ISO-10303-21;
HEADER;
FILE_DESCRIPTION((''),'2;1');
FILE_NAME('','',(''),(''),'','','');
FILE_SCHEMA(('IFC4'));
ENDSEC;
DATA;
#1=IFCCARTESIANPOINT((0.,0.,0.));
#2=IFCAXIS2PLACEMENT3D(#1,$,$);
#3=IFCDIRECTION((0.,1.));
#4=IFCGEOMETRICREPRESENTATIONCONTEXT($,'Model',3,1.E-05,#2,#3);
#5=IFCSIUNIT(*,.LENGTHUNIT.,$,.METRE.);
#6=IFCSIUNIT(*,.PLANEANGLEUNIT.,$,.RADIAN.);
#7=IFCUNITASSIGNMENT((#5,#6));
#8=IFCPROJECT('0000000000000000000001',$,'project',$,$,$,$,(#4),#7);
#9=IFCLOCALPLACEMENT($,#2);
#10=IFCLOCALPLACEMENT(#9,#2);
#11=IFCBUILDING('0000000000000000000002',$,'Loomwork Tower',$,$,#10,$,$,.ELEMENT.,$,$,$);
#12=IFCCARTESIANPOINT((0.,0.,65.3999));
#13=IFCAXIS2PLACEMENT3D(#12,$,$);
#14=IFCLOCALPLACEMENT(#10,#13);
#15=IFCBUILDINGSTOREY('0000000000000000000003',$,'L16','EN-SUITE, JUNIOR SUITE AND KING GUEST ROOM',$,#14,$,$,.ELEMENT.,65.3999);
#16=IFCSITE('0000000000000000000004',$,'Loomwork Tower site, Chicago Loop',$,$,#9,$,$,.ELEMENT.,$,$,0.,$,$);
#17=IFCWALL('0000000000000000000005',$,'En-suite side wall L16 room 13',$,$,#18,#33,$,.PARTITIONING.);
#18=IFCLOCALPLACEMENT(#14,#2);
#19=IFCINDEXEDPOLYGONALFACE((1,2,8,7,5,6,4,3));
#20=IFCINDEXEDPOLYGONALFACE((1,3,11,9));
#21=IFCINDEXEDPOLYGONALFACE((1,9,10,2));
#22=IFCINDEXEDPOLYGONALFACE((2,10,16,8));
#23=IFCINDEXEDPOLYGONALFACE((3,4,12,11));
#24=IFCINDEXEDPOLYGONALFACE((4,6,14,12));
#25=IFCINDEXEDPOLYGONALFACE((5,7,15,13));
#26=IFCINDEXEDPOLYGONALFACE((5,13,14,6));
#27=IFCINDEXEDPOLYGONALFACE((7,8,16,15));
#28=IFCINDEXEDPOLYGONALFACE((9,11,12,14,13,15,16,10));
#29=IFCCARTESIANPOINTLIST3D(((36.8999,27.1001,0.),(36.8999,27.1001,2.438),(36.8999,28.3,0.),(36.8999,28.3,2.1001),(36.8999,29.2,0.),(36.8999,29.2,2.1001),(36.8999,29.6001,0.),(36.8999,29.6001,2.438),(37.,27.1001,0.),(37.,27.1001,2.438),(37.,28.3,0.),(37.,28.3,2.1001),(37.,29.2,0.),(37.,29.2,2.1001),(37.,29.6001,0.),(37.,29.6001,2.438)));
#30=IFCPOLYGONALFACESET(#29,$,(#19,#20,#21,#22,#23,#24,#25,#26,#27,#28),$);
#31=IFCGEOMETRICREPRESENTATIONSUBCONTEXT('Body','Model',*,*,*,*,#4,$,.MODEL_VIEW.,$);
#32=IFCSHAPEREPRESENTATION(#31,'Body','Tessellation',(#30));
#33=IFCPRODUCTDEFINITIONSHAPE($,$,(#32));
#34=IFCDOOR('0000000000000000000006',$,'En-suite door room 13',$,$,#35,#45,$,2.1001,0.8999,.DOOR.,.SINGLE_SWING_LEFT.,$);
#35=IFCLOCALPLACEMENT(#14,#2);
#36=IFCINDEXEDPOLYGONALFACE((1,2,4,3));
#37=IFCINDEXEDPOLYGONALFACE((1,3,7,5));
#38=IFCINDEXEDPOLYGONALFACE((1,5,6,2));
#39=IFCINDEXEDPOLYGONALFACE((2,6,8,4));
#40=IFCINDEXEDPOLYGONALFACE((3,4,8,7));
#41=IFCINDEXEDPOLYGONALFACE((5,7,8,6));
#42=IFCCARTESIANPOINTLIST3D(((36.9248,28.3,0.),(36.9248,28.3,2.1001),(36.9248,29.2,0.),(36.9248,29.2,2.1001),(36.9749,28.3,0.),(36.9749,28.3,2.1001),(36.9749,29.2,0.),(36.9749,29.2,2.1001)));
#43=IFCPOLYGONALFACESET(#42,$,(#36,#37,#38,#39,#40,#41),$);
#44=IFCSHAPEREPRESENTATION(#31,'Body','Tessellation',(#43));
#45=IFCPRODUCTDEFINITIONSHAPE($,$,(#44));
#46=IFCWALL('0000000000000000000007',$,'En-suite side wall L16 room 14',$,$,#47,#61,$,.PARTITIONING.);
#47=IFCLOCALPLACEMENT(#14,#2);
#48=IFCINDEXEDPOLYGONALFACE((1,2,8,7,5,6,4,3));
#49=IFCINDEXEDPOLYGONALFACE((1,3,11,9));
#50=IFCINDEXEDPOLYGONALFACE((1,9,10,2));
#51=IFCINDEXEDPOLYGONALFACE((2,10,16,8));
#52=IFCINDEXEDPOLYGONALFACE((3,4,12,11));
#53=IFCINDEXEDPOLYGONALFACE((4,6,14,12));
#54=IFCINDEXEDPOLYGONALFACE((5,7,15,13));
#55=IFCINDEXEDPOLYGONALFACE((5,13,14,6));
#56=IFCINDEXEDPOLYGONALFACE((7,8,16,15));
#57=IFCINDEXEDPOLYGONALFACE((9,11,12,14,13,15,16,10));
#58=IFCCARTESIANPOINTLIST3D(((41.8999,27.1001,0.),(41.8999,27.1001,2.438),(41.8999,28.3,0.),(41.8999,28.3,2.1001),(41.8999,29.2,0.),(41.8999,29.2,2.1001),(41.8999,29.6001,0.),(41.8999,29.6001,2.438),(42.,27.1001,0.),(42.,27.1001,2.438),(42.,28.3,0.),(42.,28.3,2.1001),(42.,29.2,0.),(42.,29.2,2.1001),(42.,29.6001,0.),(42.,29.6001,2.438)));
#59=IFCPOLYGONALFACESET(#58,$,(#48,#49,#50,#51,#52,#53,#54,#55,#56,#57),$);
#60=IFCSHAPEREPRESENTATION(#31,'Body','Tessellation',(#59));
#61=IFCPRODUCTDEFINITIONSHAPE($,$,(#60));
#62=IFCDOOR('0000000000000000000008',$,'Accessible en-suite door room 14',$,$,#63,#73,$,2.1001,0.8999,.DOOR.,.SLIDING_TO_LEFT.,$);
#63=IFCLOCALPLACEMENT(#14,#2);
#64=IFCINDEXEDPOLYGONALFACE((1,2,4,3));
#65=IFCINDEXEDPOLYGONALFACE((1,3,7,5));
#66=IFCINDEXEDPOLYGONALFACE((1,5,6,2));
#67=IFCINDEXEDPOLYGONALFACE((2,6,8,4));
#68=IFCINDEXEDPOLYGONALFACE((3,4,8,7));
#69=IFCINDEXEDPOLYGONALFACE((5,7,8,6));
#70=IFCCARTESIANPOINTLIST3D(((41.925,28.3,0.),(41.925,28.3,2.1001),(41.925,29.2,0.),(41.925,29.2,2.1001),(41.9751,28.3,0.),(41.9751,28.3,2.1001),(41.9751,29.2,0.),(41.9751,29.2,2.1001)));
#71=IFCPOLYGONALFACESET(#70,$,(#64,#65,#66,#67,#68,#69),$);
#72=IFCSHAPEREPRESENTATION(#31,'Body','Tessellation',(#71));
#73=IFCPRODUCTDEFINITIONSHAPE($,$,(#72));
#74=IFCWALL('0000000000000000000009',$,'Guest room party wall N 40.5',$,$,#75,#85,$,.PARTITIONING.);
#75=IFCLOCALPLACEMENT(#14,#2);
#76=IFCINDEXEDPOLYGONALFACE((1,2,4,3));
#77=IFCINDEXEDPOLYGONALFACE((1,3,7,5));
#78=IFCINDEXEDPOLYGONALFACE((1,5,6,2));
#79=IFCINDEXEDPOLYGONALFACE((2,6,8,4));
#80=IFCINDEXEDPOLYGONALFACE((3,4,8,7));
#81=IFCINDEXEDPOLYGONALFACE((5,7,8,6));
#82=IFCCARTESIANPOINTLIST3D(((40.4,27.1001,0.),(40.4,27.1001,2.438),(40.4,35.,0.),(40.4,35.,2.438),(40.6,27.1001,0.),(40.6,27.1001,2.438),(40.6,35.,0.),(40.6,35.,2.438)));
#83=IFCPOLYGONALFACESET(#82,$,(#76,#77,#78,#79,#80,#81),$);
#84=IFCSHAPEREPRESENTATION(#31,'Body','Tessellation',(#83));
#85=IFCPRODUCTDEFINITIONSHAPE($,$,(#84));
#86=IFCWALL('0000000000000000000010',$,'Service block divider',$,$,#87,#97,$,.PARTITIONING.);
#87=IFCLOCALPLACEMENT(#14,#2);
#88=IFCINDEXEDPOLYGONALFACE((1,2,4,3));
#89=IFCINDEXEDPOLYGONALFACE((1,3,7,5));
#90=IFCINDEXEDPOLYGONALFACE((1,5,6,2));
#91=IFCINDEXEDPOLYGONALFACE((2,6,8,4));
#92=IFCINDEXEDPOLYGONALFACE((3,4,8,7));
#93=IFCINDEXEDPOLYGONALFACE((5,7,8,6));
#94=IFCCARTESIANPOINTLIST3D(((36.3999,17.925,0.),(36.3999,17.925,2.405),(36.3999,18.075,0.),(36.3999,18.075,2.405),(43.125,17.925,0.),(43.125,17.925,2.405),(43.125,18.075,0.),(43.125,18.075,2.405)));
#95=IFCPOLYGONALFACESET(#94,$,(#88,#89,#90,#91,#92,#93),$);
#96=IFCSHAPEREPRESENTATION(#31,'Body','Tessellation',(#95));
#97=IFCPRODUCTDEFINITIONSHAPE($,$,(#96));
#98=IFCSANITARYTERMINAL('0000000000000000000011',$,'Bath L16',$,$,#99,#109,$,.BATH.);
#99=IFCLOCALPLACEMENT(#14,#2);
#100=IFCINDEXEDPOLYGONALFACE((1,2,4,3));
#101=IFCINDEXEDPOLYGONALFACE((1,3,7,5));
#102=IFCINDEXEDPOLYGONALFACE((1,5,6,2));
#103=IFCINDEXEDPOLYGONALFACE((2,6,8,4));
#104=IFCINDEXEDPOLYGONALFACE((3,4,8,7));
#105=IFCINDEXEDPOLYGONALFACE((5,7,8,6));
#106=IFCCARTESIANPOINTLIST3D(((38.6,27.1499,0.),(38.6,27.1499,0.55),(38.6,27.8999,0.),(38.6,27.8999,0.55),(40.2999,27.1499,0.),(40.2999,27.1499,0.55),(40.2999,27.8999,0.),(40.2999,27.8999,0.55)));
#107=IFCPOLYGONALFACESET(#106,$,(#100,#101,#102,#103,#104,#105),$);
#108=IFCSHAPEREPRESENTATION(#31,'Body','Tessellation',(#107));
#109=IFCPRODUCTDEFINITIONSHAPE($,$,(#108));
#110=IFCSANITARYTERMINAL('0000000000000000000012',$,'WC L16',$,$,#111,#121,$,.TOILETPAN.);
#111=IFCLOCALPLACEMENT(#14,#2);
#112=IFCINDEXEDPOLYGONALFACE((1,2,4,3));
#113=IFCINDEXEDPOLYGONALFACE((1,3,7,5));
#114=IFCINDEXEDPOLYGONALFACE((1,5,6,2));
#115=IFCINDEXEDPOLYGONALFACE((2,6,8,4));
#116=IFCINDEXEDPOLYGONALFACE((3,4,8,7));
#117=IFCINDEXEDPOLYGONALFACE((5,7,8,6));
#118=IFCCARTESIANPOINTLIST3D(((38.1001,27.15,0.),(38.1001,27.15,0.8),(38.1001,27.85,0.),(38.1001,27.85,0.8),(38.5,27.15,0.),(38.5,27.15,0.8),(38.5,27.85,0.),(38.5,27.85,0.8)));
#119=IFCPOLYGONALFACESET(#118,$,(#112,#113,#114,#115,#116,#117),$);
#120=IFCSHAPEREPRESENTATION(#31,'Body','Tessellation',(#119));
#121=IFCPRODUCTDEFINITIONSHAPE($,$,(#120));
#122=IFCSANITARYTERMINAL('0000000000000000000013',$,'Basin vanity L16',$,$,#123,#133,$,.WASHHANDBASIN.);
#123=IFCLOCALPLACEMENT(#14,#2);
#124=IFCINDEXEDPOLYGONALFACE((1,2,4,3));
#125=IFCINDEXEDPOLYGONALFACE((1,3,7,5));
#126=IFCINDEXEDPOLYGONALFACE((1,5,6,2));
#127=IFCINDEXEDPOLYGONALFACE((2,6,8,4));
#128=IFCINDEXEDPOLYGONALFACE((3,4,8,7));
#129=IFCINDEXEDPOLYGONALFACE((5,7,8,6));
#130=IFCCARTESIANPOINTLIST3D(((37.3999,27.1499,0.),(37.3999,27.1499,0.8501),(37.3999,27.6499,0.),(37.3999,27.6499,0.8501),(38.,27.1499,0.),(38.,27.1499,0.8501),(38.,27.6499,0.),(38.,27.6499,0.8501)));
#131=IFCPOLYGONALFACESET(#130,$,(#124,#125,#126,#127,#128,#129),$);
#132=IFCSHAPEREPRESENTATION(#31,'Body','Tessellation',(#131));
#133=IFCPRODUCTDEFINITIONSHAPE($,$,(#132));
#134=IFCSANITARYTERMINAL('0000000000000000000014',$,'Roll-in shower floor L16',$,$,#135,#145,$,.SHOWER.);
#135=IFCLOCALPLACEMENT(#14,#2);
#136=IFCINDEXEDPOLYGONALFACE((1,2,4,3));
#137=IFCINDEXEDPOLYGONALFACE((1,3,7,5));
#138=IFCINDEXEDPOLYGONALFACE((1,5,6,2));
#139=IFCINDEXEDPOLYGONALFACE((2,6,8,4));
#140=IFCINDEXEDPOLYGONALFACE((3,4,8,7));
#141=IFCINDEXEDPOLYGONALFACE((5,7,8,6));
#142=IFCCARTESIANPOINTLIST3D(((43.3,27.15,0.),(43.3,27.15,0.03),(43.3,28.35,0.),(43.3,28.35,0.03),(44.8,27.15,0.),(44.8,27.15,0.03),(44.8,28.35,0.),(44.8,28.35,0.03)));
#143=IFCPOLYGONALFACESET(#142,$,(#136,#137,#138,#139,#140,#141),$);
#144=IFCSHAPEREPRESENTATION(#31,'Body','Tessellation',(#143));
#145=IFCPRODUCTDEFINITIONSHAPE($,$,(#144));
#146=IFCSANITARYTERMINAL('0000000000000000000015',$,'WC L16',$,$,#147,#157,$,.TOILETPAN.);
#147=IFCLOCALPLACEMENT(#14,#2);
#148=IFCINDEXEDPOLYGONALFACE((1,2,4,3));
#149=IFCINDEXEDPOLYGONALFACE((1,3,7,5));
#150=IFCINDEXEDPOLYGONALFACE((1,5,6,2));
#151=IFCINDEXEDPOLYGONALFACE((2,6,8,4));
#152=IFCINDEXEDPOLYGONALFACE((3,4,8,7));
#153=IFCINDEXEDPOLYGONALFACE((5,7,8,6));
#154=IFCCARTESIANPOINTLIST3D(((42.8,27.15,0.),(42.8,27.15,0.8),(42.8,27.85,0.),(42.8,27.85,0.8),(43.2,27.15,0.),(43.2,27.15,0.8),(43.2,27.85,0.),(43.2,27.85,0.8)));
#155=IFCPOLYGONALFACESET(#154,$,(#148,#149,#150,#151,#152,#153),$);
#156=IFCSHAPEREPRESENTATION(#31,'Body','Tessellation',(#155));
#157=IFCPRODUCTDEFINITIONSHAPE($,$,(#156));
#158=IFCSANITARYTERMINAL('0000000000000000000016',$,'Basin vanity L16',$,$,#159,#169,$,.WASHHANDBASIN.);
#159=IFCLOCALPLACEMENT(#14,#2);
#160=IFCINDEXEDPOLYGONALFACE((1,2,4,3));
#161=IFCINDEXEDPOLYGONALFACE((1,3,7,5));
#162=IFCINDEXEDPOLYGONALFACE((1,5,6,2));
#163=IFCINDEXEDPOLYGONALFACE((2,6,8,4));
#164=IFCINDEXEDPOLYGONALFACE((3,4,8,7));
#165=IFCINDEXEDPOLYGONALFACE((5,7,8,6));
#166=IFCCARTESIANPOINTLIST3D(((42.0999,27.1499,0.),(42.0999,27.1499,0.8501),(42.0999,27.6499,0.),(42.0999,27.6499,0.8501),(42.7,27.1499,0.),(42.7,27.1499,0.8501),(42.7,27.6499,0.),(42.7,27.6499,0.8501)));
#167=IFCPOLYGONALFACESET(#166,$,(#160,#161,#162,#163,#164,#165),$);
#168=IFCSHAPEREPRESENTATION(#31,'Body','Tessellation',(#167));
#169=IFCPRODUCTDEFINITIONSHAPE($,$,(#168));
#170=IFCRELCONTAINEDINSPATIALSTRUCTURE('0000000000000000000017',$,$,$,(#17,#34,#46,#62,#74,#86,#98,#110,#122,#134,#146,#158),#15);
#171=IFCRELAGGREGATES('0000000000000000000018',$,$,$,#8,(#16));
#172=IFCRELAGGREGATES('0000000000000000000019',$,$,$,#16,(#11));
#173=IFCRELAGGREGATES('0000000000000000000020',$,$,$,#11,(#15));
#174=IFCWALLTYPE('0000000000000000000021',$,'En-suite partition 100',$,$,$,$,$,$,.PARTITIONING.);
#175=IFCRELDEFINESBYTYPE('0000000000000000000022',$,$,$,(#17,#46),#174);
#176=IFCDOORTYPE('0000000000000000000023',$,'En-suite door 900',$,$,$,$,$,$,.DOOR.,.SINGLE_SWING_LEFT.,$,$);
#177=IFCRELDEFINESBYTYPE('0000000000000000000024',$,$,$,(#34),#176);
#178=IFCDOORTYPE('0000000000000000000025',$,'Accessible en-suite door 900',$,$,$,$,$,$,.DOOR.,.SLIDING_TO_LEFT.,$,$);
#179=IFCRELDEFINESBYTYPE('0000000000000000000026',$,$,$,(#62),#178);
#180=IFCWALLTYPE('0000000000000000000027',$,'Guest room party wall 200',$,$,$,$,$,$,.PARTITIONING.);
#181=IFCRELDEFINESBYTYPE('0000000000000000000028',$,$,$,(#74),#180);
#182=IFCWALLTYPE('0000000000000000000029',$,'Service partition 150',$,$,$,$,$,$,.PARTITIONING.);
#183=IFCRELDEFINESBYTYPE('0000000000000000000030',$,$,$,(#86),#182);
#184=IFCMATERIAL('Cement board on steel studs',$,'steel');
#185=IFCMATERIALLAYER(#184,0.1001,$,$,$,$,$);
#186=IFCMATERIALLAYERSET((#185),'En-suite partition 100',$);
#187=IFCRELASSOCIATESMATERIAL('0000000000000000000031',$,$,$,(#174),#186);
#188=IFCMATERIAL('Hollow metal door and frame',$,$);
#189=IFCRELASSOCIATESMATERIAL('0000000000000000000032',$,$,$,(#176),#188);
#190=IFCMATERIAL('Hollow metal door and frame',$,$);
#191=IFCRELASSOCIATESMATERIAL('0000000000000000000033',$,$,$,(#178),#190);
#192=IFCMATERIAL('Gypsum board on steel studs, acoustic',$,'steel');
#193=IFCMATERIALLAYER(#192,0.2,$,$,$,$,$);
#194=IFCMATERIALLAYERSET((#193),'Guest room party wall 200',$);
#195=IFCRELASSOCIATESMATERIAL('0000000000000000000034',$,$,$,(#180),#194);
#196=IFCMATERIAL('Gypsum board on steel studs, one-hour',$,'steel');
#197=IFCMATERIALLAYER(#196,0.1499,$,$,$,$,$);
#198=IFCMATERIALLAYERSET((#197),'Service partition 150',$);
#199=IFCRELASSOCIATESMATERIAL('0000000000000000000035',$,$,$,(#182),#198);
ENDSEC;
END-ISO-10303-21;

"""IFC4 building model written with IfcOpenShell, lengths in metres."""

from ifc_helpers import new_model, si_unit, direction, frame, frame_2d, origin, origin_2d, place, context, subcontext, project, spatial, rectangle, extrude, material, layer, layer_set, type_object, element, fill, save


model = new_model("IFC4")

# Units and contexts
model_context = context("Model", 3, precision=1e-05, world=origin(), true_north=direction((0.0, 1.0)))
body_context = subcontext(model_context, "Body", "Model", "MODEL_VIEW")
ifc_project = project(units=[si_unit("LENGTHUNIT", "METRE"), si_unit("PLANEANGLEUNIT", "RADIAN")], contexts=[model_context])

# Site, building, storey
site_placement = place(None, origin())
site = spatial("IfcSite", under=ifc_project, at=site_placement, Name="Loomwork Tower site, Chicago Loop", CompositionType="ELEMENT", RefElevation=0.0)
building_placement = place(site_placement, origin())
building = spatial("IfcBuilding", under=site, at=building_placement, Name="Loomwork Tower", CompositionType="ELEMENT")
storey_placement = place(building_placement, frame((0.0, 0.0, 65.3999)))
storey = spatial("IfcBuildingStorey", under=building, at=storey_placement, Name="L16", Description="EN-SUITE, JUNIOR SUITE AND KING GUEST ROOM", CompositionType="ELEMENT", Elevation=65.3999)

# Shared definitions
ifc_material_1 = material(Name="Cement board on steel studs", Category="steel")
ifc_layer_1 = layer(ifc_material_1, 0.1001)
ifc_layer_set_1 = layer_set([ifc_layer_1], Name="En-suite partition 100")
wall_type_1 = type_object("IfcWallType", Name="En-suite partition 100", PredefinedType="PARTITIONING", material=ifc_layer_set_1)

# Walls, openings, doors
wall_1_placement = place(storey_placement, frame((36.95, 27.1001, 0.0), z_axis=(0.0, 0.0, 1.0), x_axis=(0.0, 1.0, 0.0)))
wall_1 = element("IfcWall", 1, at=wall_1_placement, inside=storey, type_object=wall_type_1, Name="En-suite side wall L16 room 13", PredefinedType="PARTITIONING", context=body_context, shape_type="SweptSolid", body=[
    extrude(rectangle(XDim=2.5, YDim=0.1001, at=frame_2d((1.25, 0.0))), origin(), (0.0, 0.0, 1.0), 2.438),
])
opening_1_placement = place(wall_1_placement, frame((1.2, 0.0, 0.0)))
opening_1 = element("IfcOpeningElement", 2, at=opening_1_placement, cuts=wall_1, PredefinedType="OPENING", context=body_context, shape_type="SweptSolid", body=[
    extrude(rectangle(XDim=0.8999, YDim=2.1001, at=frame_2d((0.45, 1.05))), frame((0.0, 0.0601, 0.0), z_axis=(0.0, -1.0, 0.0), x_axis=(1.0, 0.0, 0.0)), (0.0, 0.0, 1.0), 0.1201),
])
ifc_material_2 = material(Name="Hollow metal door and frame")
door_type_1 = type_object("IfcDoorType", Name="En-suite door 900", OperationType="SINGLE_SWING_LEFT", PredefinedType="DOOR", material=ifc_material_2)
door_1_placement = place(opening_1_placement, frame((0.8999, 0.0, 0.0), z_axis=(0.0, 0.0, 1.0), x_axis=(-1.0, 0.0, 0.0)))
door_1 = element("IfcDoor", 3, at=door_1_placement, inside=storey, type_object=door_type_1, Name="En-suite door room 13", OperationType="SINGLE_SWING_LEFT", OverallHeight=2.1001, OverallWidth=0.8999, PredefinedType="DOOR", context=body_context, shape_type="SweptSolid", body=[
    extrude(rectangle(XDim=0.8999, YDim=2.1001, at=frame_2d((0.45, 1.05))), frame((0.0, 0.0249, 0.0), z_axis=(0.0, -1.0, 0.0), x_axis=(1.0, 0.0, 0.0)), (0.0, 0.0, 1.0), 0.05),
])
fill(opening_1, door_1)
wall_2_placement = place(storey_placement, frame((41.95, 27.1001, 0.0), z_axis=(0.0, 0.0, 1.0), x_axis=(0.0, 1.0, 0.0)))
wall_2 = element("IfcWall", 4, at=wall_2_placement, inside=storey, type_object=wall_type_1, Name="En-suite side wall L16 room 14", PredefinedType="PARTITIONING", context=body_context, shape_type="SweptSolid", body=[
    extrude(rectangle(XDim=2.5, YDim=0.1001, at=frame_2d((1.25, 0.0))), origin(), (0.0, 0.0, 1.0), 2.438),
])
opening_2_placement = place(wall_2_placement, frame((1.2, 0.0, 0.0)))
opening_2 = element("IfcOpeningElement", 5, at=opening_2_placement, cuts=wall_2, PredefinedType="OPENING", context=body_context, shape_type="SweptSolid", body=[
    extrude(rectangle(XDim=0.8999, YDim=2.1001, at=frame_2d((0.45, 1.05))), frame((0.0, 0.0601, 0.0), z_axis=(0.0, -1.0, 0.0), x_axis=(1.0, 0.0, 0.0)), (0.0, 0.0, 1.0), 0.1201),
])
ifc_material_3 = material(Name="Hollow metal door and frame")
door_type_2 = type_object("IfcDoorType", Name="Accessible en-suite door 900", OperationType="SLIDING_TO_LEFT", PredefinedType="DOOR", material=ifc_material_3)
door_2_placement = place(opening_2_placement, origin())
door_2 = element("IfcDoor", 6, at=door_2_placement, inside=storey, type_object=door_type_2, Name="Accessible en-suite door room 14", OperationType="SLIDING_TO_LEFT", OverallHeight=2.1001, OverallWidth=0.8999, PredefinedType="DOOR", context=body_context, shape_type="SweptSolid", body=[
    extrude(rectangle(XDim=0.8999, YDim=2.1001, at=frame_2d((0.45, 1.05))), frame((0.0, 0.0249, 0.0), z_axis=(0.0, -1.0, 0.0), x_axis=(1.0, 0.0, 0.0)), (0.0, 0.0, 1.0), 0.05),
])
fill(opening_2, door_2)

# Walls
ifc_material_4 = material(Name="Gypsum board on steel studs, acoustic", Category="steel")
ifc_layer_2 = layer(ifc_material_4, 0.2)
ifc_layer_set_2 = layer_set([ifc_layer_2], Name="Guest room party wall 200")
wall_type_2 = type_object("IfcWallType", Name="Guest room party wall 200", PredefinedType="PARTITIONING", material=ifc_layer_set_2)
wall_3_placement = place(storey_placement, frame((40.5, 27.1001, 0.0), z_axis=(0.0, 0.0, 1.0), x_axis=(0.0, 1.0, 0.0)))
element("IfcWall", 7, at=wall_3_placement, inside=storey, type_object=wall_type_2, Name="Guest room party wall N 40.5", PredefinedType="PARTITIONING", context=body_context, shape_type="SweptSolid", body=[
    extrude(rectangle(XDim=7.8999, YDim=0.2, at=frame_2d((3.95, 0.0))), origin(), (0.0, 0.0, 1.0), 2.438),
])
ifc_material_5 = material(Name="Gypsum board on steel studs, one-hour", Category="steel")
ifc_layer_3 = layer(ifc_material_5, 0.1499)
ifc_layer_set_3 = layer_set([ifc_layer_3], Name="Service partition 150")
wall_type_3 = type_object("IfcWallType", Name="Service partition 150", PredefinedType="PARTITIONING", material=ifc_layer_set_3)
wall_4_placement = place(storey_placement, frame((36.3999, 18.0, 0.0), z_axis=(0.0, 0.0, 1.0), x_axis=(1.0, 0.0, 0.0)))
element("IfcWall", 8, at=wall_4_placement, inside=storey, type_object=wall_type_3, Name="Service block divider", PredefinedType="PARTITIONING", context=body_context, shape_type="SweptSolid", body=[
    extrude(rectangle(XDim=6.7251, YDim=0.1499, at=frame_2d((3.3625, 0.0))), origin(), (0.0, 0.0, 1.0), 2.405),
])

# Sanitary terminals
sanitary_terminal_1_placement = place(storey_placement, frame((39.45, 27.5249, 0.0), z_axis=(0.0, 0.0, 1.0), x_axis=(1.0, 0.0, 0.0)))
element("IfcSanitaryTerminal", 9, at=sanitary_terminal_1_placement, inside=storey, Name="Bath L16", PredefinedType="BATH", context=body_context, shape_type="SweptSolid", body=[
    extrude(rectangle(XDim=1.7, YDim=0.75, at=origin_2d()), origin(), (0.0, 0.0, 1.0), 0.55),
])
sanitary_terminal_2_placement = place(storey_placement, frame((38.3, 27.5, 0.0), z_axis=(0.0, 0.0, 1.0), x_axis=(1.0, 0.0, 0.0)))
element("IfcSanitaryTerminal", 10, at=sanitary_terminal_2_placement, inside=storey, Name="WC L16", PredefinedType="TOILETPAN", context=body_context, shape_type="SweptSolid", body=[
    extrude(rectangle(XDim=0.3999, YDim=0.7, at=origin_2d()), origin(), (0.0, 0.0, 1.0), 0.8),
])
sanitary_terminal_3_placement = place(storey_placement, frame((37.7, 27.3999, 0.0), z_axis=(0.0, 0.0, 1.0), x_axis=(1.0, 0.0, 0.0)))
element("IfcSanitaryTerminal", 11, at=sanitary_terminal_3_placement, inside=storey, Name="Basin vanity L16", PredefinedType="WASHHANDBASIN", context=body_context, shape_type="SweptSolid", body=[
    extrude(rectangle(XDim=0.6001, YDim=0.5, at=origin_2d()), origin(), (0.0, 0.0, 1.0), 0.8501),
])
sanitary_terminal_4_placement = place(storey_placement, frame((44.05, 27.75, 0.0), z_axis=(0.0, 0.0, 1.0), x_axis=(1.0, 0.0, 0.0)))
element("IfcSanitaryTerminal", 12, at=sanitary_terminal_4_placement, inside=storey, Name="Roll-in shower floor L16", PredefinedType="SHOWER", context=body_context, shape_type="SweptSolid", body=[
    extrude(rectangle(XDim=1.5, YDim=1.2, at=origin_2d()), origin(), (0.0, 0.0, 1.0), 0.03),
])
sanitary_terminal_5_placement = place(storey_placement, frame((43.0, 27.5, 0.0), z_axis=(0.0, 0.0, 1.0), x_axis=(1.0, 0.0, 0.0)))
element("IfcSanitaryTerminal", 13, at=sanitary_terminal_5_placement, inside=storey, Name="WC L16", PredefinedType="TOILETPAN", context=body_context, shape_type="SweptSolid", body=[
    extrude(rectangle(XDim=0.3999, YDim=0.7, at=origin_2d()), origin(), (0.0, 0.0, 1.0), 0.8),
])
sanitary_terminal_6_placement = place(storey_placement, frame((42.3999, 27.3999, 0.0), z_axis=(0.0, 0.0, 1.0), x_axis=(1.0, 0.0, 0.0)))
element("IfcSanitaryTerminal", 14, at=sanitary_terminal_6_placement, inside=storey, Name="Basin vanity L16", PredefinedType="WASHHANDBASIN", context=body_context, shape_type="SweptSolid", body=[
    extrude(rectangle(XDim=0.6001, YDim=0.5, at=origin_2d()), origin(), (0.0, 0.0, 1.0), 0.8501),
])

save(model, "model.ifc")
